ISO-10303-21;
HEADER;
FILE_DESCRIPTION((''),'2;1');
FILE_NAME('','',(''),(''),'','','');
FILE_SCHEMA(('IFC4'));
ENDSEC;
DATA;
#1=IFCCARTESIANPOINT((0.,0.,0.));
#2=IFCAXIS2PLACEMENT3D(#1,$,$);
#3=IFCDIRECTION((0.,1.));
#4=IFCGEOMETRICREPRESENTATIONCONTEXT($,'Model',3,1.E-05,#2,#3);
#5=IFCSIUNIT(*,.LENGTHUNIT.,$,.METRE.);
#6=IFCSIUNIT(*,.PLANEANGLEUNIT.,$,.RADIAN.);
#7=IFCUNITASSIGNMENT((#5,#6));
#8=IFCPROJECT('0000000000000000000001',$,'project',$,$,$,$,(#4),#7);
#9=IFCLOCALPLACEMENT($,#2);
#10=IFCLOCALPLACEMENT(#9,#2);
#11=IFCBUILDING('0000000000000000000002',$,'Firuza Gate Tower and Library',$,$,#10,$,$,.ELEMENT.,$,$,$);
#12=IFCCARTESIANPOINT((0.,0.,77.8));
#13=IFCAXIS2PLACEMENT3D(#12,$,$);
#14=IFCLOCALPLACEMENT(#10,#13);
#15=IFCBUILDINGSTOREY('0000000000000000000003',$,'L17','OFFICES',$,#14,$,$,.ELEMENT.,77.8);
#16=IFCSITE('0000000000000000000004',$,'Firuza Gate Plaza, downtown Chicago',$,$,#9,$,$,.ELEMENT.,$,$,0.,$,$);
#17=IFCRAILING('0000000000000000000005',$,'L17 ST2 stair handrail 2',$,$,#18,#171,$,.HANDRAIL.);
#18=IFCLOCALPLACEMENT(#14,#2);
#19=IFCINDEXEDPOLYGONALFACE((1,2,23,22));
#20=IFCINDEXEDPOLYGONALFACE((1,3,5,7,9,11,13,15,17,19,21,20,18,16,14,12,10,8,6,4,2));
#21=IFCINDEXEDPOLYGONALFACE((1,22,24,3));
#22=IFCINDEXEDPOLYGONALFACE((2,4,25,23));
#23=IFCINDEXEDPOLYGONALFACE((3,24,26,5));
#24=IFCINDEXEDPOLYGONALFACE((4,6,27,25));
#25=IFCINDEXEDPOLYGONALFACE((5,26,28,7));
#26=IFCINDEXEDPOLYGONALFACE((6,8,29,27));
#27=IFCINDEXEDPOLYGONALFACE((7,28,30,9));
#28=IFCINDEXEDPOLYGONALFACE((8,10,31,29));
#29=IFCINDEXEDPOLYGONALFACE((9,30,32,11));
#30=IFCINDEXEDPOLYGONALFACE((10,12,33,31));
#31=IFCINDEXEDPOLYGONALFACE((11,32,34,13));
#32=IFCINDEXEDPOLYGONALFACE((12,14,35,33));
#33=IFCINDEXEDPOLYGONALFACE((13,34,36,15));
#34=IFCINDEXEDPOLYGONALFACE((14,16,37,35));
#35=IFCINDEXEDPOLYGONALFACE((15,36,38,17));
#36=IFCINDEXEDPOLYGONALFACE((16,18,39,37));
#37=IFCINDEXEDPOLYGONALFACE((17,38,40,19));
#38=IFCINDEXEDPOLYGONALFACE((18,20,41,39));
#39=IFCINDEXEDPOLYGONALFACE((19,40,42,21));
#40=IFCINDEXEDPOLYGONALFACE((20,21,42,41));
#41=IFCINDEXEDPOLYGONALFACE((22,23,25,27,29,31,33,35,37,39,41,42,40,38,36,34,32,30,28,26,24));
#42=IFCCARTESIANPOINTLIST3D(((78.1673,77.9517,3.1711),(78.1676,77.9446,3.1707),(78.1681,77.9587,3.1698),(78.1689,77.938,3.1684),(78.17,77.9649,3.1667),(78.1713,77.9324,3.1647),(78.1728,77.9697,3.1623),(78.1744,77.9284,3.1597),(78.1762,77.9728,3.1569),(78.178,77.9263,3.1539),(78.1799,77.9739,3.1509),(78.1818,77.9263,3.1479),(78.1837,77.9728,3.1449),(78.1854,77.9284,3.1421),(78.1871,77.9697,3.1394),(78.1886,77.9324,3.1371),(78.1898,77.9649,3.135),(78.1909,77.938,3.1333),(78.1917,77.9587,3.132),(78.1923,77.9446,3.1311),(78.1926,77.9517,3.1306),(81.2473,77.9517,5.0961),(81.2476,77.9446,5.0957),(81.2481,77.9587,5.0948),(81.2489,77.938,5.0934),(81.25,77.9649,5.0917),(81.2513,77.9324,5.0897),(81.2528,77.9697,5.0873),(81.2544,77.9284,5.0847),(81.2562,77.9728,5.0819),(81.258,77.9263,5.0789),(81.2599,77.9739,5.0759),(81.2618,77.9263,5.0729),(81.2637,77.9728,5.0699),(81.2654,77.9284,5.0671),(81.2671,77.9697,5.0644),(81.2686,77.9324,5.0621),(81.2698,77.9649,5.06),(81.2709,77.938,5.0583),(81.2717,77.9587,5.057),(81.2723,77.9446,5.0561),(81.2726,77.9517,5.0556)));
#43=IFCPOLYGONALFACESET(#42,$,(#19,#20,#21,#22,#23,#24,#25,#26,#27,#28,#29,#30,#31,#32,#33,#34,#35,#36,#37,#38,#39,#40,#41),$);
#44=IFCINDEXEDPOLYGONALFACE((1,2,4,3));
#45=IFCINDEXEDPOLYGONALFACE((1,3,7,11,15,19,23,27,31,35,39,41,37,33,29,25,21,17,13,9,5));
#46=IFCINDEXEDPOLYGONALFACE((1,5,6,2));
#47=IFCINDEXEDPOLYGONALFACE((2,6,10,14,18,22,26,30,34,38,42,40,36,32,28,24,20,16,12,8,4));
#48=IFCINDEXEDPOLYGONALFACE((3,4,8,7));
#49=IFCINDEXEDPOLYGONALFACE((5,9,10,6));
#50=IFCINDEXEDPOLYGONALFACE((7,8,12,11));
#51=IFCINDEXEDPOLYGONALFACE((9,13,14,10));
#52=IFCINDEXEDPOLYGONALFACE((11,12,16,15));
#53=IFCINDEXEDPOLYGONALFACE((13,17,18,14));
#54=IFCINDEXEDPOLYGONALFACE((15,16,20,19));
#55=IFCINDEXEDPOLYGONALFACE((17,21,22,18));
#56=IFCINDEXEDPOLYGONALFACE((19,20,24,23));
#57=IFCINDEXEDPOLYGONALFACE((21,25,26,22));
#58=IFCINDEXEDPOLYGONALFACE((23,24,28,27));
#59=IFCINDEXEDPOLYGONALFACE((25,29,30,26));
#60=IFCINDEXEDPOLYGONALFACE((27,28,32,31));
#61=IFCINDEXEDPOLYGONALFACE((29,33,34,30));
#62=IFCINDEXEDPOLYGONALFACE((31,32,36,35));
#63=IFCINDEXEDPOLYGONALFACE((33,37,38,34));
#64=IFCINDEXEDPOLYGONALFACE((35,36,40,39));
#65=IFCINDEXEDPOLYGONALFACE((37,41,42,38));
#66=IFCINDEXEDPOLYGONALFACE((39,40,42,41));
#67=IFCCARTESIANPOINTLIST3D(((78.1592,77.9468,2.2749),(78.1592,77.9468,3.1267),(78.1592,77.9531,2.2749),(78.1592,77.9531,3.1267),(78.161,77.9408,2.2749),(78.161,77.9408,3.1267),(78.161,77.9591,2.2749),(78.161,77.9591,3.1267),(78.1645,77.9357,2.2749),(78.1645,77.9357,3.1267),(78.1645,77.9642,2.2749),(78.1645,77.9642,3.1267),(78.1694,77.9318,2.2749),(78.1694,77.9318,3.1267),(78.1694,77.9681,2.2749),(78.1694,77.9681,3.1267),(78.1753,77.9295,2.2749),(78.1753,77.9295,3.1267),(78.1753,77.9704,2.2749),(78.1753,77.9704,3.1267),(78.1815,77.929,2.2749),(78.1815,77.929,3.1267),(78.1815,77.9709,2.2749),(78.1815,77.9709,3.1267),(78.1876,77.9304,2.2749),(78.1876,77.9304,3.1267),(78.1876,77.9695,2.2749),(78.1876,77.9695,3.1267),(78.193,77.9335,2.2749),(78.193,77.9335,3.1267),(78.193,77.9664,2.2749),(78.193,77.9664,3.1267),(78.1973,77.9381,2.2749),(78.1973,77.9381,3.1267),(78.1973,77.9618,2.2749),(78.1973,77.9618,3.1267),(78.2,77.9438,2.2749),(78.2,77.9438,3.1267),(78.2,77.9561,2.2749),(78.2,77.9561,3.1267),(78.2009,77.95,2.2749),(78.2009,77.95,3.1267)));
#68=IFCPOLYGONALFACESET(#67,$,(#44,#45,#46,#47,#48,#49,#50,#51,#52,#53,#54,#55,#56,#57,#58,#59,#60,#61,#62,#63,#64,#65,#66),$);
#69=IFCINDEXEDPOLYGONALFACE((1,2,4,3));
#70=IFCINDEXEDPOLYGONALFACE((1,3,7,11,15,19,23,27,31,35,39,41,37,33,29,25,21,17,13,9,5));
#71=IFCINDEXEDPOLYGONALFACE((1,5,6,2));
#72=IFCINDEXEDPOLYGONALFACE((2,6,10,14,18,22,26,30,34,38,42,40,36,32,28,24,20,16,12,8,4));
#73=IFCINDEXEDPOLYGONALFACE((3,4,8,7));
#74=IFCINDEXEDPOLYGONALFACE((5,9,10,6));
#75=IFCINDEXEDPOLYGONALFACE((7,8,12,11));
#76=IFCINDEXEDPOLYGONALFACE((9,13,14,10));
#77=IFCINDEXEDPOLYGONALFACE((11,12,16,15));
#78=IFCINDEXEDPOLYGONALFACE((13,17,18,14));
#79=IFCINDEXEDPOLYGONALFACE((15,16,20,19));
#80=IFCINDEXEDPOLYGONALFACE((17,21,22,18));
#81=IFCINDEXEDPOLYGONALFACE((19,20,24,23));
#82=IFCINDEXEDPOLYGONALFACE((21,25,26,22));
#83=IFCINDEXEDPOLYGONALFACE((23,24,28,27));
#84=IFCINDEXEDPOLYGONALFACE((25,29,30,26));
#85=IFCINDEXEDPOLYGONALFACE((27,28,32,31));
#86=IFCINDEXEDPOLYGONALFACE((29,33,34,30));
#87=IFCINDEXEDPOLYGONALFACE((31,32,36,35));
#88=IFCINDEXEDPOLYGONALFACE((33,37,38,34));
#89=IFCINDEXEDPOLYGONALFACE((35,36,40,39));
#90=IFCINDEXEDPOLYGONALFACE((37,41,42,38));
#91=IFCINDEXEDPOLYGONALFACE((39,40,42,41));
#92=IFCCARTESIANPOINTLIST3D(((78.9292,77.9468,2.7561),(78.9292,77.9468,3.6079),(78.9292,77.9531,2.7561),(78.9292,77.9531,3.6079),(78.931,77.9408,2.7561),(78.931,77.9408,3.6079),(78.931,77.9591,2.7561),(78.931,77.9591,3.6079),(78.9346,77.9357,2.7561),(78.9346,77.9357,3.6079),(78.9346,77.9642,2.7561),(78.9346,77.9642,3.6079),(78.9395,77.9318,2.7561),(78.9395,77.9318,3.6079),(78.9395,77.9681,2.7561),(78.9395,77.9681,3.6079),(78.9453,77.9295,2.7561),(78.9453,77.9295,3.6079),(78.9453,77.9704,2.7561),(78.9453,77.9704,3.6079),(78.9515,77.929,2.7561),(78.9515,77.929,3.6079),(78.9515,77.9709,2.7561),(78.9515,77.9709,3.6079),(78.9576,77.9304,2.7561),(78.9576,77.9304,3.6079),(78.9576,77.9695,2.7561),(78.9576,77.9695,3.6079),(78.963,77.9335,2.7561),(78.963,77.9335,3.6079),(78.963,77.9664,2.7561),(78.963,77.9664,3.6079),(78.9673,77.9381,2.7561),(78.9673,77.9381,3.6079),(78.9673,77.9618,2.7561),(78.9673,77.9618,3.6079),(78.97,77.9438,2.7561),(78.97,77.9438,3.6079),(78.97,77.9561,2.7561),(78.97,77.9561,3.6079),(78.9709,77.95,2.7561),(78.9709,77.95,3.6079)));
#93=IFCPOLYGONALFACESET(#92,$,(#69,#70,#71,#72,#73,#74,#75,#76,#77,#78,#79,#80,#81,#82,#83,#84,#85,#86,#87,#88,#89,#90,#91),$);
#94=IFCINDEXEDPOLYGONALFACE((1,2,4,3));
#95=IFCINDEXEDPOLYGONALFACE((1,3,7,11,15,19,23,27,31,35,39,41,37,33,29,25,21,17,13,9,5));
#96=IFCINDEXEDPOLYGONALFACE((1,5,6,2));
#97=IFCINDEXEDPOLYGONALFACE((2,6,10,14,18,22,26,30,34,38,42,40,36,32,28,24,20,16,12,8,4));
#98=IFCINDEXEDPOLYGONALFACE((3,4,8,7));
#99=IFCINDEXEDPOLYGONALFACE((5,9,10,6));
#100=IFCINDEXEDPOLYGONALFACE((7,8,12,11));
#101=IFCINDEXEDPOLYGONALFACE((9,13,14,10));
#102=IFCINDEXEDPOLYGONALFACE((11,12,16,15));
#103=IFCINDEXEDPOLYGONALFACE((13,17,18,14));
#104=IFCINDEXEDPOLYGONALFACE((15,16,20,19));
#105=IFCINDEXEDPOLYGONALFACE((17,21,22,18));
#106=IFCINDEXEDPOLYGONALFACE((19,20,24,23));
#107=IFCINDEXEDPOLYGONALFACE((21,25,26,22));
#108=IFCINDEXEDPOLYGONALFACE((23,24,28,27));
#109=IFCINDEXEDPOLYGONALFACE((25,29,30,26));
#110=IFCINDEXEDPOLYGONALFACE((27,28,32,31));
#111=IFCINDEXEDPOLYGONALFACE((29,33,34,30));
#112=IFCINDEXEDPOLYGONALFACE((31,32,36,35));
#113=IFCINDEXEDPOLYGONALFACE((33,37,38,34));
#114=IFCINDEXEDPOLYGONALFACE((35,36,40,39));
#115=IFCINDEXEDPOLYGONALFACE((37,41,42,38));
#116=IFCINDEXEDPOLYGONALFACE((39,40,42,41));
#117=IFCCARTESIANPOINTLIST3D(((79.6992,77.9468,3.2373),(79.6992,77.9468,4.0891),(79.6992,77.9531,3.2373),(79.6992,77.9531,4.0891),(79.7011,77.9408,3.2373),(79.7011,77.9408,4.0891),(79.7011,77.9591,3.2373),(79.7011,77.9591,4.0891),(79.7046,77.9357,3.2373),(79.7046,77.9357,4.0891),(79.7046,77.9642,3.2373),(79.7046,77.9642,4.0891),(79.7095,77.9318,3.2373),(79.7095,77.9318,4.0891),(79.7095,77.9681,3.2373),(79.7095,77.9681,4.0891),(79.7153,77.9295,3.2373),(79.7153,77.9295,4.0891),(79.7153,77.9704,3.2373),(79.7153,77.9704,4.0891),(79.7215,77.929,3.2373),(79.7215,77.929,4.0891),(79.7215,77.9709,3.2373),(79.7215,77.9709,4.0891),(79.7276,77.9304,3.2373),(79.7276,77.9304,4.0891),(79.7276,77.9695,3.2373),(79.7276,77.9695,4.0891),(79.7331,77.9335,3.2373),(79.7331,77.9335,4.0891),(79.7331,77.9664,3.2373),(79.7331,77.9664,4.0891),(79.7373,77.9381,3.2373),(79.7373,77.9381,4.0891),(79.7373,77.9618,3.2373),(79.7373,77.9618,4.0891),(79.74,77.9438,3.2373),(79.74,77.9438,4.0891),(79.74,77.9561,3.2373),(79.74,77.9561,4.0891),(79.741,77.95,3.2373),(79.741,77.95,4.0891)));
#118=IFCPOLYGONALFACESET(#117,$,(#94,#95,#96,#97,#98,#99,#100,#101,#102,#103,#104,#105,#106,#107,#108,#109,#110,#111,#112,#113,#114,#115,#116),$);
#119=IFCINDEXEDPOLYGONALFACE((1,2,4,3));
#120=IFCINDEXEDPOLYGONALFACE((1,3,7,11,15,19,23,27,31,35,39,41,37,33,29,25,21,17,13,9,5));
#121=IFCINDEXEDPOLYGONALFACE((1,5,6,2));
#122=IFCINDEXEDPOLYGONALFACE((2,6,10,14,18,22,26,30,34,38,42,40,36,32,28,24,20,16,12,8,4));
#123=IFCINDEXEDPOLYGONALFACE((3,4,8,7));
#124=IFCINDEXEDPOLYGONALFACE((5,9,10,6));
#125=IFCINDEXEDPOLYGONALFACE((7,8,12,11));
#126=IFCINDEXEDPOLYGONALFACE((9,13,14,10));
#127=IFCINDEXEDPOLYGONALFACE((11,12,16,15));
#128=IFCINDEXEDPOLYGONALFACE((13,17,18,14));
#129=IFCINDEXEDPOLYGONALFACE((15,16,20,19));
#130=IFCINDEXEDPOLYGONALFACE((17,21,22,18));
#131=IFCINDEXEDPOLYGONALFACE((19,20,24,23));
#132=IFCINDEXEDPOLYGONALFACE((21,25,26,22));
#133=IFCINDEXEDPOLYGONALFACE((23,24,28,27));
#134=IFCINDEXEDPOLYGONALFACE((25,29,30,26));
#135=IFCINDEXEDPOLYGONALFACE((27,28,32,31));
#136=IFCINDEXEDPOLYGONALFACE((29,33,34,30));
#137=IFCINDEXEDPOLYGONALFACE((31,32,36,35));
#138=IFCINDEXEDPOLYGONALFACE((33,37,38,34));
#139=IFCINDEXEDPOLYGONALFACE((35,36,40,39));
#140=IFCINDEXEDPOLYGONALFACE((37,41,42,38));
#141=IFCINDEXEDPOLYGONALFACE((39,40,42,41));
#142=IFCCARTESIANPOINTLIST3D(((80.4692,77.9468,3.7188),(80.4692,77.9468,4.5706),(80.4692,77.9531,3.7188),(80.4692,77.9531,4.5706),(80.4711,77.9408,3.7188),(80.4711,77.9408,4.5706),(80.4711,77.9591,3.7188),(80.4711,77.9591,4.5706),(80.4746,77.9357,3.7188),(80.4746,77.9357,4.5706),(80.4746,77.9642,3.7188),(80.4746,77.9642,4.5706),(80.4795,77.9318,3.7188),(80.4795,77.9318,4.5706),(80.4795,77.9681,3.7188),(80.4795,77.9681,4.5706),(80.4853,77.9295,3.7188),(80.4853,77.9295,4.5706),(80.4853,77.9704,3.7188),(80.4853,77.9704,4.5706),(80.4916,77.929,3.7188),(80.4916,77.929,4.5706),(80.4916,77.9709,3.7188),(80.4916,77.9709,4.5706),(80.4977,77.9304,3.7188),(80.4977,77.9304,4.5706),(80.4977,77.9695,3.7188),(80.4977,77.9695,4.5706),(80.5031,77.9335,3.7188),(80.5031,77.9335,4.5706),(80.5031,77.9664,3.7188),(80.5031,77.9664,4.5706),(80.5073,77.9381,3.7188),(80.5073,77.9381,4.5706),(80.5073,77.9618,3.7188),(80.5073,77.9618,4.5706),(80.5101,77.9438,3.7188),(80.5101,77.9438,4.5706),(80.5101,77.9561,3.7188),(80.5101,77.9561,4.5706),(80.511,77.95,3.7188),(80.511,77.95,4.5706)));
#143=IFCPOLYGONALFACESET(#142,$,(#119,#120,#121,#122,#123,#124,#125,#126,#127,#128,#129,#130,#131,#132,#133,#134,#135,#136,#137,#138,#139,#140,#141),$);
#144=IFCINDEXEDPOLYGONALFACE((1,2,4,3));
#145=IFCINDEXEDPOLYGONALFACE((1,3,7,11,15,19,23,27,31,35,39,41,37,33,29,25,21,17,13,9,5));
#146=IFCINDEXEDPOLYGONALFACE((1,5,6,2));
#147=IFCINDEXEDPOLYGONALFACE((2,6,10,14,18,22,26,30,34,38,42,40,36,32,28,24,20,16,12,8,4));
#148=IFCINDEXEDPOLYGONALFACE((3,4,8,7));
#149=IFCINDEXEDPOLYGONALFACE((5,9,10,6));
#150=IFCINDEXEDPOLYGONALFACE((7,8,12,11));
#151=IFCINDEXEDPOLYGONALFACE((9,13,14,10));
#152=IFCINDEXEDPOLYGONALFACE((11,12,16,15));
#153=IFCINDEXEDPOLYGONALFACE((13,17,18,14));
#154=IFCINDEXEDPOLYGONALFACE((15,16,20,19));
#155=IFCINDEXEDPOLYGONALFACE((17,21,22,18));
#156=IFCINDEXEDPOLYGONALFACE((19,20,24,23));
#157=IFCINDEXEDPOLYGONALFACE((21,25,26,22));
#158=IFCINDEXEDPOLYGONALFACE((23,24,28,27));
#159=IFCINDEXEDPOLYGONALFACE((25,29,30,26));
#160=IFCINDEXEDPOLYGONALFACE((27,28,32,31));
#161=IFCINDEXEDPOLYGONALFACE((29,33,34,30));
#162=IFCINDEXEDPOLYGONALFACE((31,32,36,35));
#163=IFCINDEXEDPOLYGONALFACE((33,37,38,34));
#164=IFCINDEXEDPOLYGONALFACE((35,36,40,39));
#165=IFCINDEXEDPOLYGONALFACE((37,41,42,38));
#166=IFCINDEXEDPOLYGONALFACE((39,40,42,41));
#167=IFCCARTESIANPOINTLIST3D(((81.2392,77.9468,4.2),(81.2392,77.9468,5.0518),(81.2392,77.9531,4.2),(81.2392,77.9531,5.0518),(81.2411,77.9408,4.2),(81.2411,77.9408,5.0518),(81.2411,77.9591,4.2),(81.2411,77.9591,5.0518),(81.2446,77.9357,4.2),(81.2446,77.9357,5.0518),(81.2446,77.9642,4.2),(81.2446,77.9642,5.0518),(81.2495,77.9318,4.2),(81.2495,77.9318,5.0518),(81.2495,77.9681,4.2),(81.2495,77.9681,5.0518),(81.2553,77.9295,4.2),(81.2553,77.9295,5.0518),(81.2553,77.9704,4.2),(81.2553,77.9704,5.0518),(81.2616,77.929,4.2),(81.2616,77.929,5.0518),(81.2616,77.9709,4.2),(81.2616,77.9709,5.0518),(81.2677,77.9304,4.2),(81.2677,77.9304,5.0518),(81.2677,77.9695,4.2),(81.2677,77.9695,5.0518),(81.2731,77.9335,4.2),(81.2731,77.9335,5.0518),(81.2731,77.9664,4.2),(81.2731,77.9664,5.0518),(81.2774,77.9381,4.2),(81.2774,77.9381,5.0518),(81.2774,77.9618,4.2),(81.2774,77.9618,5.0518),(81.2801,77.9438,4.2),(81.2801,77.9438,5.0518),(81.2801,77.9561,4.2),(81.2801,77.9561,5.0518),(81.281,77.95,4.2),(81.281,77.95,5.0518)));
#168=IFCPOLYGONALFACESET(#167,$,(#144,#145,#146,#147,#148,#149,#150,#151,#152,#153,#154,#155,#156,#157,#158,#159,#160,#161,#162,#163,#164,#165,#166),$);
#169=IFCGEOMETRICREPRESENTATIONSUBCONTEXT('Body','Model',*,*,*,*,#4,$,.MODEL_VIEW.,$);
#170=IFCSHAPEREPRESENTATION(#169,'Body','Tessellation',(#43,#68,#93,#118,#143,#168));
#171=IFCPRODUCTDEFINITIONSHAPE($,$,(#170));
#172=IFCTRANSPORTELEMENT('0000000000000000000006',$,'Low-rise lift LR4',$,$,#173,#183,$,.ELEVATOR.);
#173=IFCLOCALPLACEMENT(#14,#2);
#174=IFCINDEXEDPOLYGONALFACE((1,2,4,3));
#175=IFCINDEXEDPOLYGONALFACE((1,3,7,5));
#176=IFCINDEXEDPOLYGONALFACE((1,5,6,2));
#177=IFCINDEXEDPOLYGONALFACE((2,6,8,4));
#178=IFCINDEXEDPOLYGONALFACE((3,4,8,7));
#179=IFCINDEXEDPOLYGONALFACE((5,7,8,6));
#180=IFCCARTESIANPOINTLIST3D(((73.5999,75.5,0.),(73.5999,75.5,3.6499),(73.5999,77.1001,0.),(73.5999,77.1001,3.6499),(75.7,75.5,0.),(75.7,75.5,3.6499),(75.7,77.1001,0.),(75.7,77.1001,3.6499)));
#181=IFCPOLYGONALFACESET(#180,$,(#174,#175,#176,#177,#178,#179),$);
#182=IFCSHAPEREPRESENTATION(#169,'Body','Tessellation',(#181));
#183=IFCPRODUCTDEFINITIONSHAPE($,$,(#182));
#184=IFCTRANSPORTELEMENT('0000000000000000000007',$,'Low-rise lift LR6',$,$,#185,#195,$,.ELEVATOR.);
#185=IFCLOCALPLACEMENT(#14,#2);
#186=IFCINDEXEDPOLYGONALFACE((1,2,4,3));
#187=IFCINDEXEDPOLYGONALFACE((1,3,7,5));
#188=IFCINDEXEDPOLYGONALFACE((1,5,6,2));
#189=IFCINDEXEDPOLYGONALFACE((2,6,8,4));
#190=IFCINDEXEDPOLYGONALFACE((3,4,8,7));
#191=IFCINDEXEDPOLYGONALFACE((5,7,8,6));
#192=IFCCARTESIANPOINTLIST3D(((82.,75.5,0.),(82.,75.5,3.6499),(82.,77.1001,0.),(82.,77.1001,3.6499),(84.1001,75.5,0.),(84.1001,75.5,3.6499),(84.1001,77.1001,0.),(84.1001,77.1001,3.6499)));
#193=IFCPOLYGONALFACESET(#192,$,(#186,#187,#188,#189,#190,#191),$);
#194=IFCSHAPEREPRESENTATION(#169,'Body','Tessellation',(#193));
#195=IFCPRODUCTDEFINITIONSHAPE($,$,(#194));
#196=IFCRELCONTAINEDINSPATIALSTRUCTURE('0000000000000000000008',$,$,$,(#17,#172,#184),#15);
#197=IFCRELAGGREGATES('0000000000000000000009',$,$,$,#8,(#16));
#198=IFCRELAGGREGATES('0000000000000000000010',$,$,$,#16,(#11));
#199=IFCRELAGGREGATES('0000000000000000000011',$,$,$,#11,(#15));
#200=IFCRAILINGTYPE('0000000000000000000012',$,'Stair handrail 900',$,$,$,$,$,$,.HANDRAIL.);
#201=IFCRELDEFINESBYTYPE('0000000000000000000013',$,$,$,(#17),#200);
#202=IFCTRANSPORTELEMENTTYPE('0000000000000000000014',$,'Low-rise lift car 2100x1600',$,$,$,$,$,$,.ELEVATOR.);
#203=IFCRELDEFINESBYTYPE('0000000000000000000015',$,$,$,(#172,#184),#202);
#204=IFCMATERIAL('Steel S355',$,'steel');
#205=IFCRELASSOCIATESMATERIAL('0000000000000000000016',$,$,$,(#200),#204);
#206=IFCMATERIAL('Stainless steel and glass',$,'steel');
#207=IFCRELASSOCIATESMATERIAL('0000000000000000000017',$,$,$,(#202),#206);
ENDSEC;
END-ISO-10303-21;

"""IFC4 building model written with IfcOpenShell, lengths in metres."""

from ifc_helpers import new_model, si_unit, direction, frame, origin, origin_2d, place, context, subcontext, project, spatial, rectangle, circle, extrude, material, type_object, element, save


model = new_model("IFC4")

# Units and contexts
model_context = context("Model", 3, precision=1e-05, world=origin(), true_north=direction((0.0, 1.0)))
body_context = subcontext(model_context, "Body", "Model", "MODEL_VIEW")
ifc_project = project(units=[si_unit("LENGTHUNIT", "METRE"), si_unit("PLANEANGLEUNIT", "RADIAN")], contexts=[model_context])

# Site, building, storey
site_placement = place(None, origin())
site = spatial("IfcSite", under=ifc_project, at=site_placement, Name="Firuza Gate Plaza, downtown Chicago", CompositionType="ELEMENT", RefElevation=0.0)
building_placement = place(site_placement, origin())
building = spatial("IfcBuilding", under=site, at=building_placement, Name="Firuza Gate Tower and Library", CompositionType="ELEMENT")
storey_placement = place(building_placement, frame((0.0, 0.0, 77.8)))
storey = spatial("IfcBuildingStorey", under=building, at=storey_placement, Name="L17", Description="OFFICES", CompositionType="ELEMENT", Elevation=77.8)

# Railing
ifc_material_1 = material(Name="Steel S355", Category="steel")
railing_type_1 = type_object("IfcRailingType", Name="Stair handrail 900", PredefinedType="HANDRAIL", material=ifc_material_1)
railing_1_placement = place(storey_placement, frame((78.1799, 77.95, 2.2749)))
element("IfcRailing", 1, at=railing_1_placement, inside=storey, type_object=railing_type_1, Name="L17 ST2 stair handrail 2", PredefinedType="HANDRAIL", context=body_context, shape_type="SweptSolid", body=[
    extrude(circle(Radius=0.0239, at=origin_2d()), frame((0.0, 0.0, 0.876), z_axis=(0.847998, 0.0, 0.529999), x_axis=(0.0, 1.0, 0.0)), (0.0, 0.0, 1.0), 3.6321),
    extrude(circle(Radius=0.021, at=origin_2d()), origin(), (0.0, 0.0, 1.0), 0.8518),
    extrude(circle(Radius=0.021, at=origin_2d()), frame((0.77, 0.0, 0.4812)), (0.0, 0.0, 1.0), 0.8518),
    extrude(circle(Radius=0.021, at=origin_2d()), frame((1.54, 0.0, 0.9624)), (0.0, 0.0, 1.0), 0.8518),
    extrude(circle(Radius=0.021, at=origin_2d()), frame((2.3101, 0.0, 1.4438)), (0.0, 0.0, 1.0), 0.8518),
    extrude(circle(Radius=0.021, at=origin_2d()), frame((3.0801, 0.0, 1.925)), (0.0, 0.0, 1.0), 0.8518),
])

# Transport elements
ifc_material_2 = material(Name="Stainless steel and glass", Category="steel")
transport_element_type = type_object("IfcTransportElementType", Name="Low-rise lift car 2100x1600", PredefinedType="ELEVATOR", material=ifc_material_2)
for number, where, z_axis, x_axis, name in (
    (2, (74.6499, 76.3, 0.0), (0.0, 0.0, 1.0), (1.0, 0.0, 0.0), "Low-rise lift LR4"),
    (3, (83.05, 76.3, 0.0), (0.0, 0.0, 1.0), (1.0, 0.0, 0.0), "Low-rise lift LR6"),
):
    element("IfcTransportElement", number, at=place(storey_placement, frame(where, z_axis=z_axis, x_axis=x_axis)), inside=storey, type_object=transport_element_type, Name=name, PredefinedType="ELEVATOR", context=body_context, shape_type="SweptSolid", body=[
        extrude(rectangle(XDim=2.1001, YDim=1.6001, at=origin_2d()), origin(), (0.0, 0.0, 1.0), 3.6499),
    ])

save(model, "model.ifc")
